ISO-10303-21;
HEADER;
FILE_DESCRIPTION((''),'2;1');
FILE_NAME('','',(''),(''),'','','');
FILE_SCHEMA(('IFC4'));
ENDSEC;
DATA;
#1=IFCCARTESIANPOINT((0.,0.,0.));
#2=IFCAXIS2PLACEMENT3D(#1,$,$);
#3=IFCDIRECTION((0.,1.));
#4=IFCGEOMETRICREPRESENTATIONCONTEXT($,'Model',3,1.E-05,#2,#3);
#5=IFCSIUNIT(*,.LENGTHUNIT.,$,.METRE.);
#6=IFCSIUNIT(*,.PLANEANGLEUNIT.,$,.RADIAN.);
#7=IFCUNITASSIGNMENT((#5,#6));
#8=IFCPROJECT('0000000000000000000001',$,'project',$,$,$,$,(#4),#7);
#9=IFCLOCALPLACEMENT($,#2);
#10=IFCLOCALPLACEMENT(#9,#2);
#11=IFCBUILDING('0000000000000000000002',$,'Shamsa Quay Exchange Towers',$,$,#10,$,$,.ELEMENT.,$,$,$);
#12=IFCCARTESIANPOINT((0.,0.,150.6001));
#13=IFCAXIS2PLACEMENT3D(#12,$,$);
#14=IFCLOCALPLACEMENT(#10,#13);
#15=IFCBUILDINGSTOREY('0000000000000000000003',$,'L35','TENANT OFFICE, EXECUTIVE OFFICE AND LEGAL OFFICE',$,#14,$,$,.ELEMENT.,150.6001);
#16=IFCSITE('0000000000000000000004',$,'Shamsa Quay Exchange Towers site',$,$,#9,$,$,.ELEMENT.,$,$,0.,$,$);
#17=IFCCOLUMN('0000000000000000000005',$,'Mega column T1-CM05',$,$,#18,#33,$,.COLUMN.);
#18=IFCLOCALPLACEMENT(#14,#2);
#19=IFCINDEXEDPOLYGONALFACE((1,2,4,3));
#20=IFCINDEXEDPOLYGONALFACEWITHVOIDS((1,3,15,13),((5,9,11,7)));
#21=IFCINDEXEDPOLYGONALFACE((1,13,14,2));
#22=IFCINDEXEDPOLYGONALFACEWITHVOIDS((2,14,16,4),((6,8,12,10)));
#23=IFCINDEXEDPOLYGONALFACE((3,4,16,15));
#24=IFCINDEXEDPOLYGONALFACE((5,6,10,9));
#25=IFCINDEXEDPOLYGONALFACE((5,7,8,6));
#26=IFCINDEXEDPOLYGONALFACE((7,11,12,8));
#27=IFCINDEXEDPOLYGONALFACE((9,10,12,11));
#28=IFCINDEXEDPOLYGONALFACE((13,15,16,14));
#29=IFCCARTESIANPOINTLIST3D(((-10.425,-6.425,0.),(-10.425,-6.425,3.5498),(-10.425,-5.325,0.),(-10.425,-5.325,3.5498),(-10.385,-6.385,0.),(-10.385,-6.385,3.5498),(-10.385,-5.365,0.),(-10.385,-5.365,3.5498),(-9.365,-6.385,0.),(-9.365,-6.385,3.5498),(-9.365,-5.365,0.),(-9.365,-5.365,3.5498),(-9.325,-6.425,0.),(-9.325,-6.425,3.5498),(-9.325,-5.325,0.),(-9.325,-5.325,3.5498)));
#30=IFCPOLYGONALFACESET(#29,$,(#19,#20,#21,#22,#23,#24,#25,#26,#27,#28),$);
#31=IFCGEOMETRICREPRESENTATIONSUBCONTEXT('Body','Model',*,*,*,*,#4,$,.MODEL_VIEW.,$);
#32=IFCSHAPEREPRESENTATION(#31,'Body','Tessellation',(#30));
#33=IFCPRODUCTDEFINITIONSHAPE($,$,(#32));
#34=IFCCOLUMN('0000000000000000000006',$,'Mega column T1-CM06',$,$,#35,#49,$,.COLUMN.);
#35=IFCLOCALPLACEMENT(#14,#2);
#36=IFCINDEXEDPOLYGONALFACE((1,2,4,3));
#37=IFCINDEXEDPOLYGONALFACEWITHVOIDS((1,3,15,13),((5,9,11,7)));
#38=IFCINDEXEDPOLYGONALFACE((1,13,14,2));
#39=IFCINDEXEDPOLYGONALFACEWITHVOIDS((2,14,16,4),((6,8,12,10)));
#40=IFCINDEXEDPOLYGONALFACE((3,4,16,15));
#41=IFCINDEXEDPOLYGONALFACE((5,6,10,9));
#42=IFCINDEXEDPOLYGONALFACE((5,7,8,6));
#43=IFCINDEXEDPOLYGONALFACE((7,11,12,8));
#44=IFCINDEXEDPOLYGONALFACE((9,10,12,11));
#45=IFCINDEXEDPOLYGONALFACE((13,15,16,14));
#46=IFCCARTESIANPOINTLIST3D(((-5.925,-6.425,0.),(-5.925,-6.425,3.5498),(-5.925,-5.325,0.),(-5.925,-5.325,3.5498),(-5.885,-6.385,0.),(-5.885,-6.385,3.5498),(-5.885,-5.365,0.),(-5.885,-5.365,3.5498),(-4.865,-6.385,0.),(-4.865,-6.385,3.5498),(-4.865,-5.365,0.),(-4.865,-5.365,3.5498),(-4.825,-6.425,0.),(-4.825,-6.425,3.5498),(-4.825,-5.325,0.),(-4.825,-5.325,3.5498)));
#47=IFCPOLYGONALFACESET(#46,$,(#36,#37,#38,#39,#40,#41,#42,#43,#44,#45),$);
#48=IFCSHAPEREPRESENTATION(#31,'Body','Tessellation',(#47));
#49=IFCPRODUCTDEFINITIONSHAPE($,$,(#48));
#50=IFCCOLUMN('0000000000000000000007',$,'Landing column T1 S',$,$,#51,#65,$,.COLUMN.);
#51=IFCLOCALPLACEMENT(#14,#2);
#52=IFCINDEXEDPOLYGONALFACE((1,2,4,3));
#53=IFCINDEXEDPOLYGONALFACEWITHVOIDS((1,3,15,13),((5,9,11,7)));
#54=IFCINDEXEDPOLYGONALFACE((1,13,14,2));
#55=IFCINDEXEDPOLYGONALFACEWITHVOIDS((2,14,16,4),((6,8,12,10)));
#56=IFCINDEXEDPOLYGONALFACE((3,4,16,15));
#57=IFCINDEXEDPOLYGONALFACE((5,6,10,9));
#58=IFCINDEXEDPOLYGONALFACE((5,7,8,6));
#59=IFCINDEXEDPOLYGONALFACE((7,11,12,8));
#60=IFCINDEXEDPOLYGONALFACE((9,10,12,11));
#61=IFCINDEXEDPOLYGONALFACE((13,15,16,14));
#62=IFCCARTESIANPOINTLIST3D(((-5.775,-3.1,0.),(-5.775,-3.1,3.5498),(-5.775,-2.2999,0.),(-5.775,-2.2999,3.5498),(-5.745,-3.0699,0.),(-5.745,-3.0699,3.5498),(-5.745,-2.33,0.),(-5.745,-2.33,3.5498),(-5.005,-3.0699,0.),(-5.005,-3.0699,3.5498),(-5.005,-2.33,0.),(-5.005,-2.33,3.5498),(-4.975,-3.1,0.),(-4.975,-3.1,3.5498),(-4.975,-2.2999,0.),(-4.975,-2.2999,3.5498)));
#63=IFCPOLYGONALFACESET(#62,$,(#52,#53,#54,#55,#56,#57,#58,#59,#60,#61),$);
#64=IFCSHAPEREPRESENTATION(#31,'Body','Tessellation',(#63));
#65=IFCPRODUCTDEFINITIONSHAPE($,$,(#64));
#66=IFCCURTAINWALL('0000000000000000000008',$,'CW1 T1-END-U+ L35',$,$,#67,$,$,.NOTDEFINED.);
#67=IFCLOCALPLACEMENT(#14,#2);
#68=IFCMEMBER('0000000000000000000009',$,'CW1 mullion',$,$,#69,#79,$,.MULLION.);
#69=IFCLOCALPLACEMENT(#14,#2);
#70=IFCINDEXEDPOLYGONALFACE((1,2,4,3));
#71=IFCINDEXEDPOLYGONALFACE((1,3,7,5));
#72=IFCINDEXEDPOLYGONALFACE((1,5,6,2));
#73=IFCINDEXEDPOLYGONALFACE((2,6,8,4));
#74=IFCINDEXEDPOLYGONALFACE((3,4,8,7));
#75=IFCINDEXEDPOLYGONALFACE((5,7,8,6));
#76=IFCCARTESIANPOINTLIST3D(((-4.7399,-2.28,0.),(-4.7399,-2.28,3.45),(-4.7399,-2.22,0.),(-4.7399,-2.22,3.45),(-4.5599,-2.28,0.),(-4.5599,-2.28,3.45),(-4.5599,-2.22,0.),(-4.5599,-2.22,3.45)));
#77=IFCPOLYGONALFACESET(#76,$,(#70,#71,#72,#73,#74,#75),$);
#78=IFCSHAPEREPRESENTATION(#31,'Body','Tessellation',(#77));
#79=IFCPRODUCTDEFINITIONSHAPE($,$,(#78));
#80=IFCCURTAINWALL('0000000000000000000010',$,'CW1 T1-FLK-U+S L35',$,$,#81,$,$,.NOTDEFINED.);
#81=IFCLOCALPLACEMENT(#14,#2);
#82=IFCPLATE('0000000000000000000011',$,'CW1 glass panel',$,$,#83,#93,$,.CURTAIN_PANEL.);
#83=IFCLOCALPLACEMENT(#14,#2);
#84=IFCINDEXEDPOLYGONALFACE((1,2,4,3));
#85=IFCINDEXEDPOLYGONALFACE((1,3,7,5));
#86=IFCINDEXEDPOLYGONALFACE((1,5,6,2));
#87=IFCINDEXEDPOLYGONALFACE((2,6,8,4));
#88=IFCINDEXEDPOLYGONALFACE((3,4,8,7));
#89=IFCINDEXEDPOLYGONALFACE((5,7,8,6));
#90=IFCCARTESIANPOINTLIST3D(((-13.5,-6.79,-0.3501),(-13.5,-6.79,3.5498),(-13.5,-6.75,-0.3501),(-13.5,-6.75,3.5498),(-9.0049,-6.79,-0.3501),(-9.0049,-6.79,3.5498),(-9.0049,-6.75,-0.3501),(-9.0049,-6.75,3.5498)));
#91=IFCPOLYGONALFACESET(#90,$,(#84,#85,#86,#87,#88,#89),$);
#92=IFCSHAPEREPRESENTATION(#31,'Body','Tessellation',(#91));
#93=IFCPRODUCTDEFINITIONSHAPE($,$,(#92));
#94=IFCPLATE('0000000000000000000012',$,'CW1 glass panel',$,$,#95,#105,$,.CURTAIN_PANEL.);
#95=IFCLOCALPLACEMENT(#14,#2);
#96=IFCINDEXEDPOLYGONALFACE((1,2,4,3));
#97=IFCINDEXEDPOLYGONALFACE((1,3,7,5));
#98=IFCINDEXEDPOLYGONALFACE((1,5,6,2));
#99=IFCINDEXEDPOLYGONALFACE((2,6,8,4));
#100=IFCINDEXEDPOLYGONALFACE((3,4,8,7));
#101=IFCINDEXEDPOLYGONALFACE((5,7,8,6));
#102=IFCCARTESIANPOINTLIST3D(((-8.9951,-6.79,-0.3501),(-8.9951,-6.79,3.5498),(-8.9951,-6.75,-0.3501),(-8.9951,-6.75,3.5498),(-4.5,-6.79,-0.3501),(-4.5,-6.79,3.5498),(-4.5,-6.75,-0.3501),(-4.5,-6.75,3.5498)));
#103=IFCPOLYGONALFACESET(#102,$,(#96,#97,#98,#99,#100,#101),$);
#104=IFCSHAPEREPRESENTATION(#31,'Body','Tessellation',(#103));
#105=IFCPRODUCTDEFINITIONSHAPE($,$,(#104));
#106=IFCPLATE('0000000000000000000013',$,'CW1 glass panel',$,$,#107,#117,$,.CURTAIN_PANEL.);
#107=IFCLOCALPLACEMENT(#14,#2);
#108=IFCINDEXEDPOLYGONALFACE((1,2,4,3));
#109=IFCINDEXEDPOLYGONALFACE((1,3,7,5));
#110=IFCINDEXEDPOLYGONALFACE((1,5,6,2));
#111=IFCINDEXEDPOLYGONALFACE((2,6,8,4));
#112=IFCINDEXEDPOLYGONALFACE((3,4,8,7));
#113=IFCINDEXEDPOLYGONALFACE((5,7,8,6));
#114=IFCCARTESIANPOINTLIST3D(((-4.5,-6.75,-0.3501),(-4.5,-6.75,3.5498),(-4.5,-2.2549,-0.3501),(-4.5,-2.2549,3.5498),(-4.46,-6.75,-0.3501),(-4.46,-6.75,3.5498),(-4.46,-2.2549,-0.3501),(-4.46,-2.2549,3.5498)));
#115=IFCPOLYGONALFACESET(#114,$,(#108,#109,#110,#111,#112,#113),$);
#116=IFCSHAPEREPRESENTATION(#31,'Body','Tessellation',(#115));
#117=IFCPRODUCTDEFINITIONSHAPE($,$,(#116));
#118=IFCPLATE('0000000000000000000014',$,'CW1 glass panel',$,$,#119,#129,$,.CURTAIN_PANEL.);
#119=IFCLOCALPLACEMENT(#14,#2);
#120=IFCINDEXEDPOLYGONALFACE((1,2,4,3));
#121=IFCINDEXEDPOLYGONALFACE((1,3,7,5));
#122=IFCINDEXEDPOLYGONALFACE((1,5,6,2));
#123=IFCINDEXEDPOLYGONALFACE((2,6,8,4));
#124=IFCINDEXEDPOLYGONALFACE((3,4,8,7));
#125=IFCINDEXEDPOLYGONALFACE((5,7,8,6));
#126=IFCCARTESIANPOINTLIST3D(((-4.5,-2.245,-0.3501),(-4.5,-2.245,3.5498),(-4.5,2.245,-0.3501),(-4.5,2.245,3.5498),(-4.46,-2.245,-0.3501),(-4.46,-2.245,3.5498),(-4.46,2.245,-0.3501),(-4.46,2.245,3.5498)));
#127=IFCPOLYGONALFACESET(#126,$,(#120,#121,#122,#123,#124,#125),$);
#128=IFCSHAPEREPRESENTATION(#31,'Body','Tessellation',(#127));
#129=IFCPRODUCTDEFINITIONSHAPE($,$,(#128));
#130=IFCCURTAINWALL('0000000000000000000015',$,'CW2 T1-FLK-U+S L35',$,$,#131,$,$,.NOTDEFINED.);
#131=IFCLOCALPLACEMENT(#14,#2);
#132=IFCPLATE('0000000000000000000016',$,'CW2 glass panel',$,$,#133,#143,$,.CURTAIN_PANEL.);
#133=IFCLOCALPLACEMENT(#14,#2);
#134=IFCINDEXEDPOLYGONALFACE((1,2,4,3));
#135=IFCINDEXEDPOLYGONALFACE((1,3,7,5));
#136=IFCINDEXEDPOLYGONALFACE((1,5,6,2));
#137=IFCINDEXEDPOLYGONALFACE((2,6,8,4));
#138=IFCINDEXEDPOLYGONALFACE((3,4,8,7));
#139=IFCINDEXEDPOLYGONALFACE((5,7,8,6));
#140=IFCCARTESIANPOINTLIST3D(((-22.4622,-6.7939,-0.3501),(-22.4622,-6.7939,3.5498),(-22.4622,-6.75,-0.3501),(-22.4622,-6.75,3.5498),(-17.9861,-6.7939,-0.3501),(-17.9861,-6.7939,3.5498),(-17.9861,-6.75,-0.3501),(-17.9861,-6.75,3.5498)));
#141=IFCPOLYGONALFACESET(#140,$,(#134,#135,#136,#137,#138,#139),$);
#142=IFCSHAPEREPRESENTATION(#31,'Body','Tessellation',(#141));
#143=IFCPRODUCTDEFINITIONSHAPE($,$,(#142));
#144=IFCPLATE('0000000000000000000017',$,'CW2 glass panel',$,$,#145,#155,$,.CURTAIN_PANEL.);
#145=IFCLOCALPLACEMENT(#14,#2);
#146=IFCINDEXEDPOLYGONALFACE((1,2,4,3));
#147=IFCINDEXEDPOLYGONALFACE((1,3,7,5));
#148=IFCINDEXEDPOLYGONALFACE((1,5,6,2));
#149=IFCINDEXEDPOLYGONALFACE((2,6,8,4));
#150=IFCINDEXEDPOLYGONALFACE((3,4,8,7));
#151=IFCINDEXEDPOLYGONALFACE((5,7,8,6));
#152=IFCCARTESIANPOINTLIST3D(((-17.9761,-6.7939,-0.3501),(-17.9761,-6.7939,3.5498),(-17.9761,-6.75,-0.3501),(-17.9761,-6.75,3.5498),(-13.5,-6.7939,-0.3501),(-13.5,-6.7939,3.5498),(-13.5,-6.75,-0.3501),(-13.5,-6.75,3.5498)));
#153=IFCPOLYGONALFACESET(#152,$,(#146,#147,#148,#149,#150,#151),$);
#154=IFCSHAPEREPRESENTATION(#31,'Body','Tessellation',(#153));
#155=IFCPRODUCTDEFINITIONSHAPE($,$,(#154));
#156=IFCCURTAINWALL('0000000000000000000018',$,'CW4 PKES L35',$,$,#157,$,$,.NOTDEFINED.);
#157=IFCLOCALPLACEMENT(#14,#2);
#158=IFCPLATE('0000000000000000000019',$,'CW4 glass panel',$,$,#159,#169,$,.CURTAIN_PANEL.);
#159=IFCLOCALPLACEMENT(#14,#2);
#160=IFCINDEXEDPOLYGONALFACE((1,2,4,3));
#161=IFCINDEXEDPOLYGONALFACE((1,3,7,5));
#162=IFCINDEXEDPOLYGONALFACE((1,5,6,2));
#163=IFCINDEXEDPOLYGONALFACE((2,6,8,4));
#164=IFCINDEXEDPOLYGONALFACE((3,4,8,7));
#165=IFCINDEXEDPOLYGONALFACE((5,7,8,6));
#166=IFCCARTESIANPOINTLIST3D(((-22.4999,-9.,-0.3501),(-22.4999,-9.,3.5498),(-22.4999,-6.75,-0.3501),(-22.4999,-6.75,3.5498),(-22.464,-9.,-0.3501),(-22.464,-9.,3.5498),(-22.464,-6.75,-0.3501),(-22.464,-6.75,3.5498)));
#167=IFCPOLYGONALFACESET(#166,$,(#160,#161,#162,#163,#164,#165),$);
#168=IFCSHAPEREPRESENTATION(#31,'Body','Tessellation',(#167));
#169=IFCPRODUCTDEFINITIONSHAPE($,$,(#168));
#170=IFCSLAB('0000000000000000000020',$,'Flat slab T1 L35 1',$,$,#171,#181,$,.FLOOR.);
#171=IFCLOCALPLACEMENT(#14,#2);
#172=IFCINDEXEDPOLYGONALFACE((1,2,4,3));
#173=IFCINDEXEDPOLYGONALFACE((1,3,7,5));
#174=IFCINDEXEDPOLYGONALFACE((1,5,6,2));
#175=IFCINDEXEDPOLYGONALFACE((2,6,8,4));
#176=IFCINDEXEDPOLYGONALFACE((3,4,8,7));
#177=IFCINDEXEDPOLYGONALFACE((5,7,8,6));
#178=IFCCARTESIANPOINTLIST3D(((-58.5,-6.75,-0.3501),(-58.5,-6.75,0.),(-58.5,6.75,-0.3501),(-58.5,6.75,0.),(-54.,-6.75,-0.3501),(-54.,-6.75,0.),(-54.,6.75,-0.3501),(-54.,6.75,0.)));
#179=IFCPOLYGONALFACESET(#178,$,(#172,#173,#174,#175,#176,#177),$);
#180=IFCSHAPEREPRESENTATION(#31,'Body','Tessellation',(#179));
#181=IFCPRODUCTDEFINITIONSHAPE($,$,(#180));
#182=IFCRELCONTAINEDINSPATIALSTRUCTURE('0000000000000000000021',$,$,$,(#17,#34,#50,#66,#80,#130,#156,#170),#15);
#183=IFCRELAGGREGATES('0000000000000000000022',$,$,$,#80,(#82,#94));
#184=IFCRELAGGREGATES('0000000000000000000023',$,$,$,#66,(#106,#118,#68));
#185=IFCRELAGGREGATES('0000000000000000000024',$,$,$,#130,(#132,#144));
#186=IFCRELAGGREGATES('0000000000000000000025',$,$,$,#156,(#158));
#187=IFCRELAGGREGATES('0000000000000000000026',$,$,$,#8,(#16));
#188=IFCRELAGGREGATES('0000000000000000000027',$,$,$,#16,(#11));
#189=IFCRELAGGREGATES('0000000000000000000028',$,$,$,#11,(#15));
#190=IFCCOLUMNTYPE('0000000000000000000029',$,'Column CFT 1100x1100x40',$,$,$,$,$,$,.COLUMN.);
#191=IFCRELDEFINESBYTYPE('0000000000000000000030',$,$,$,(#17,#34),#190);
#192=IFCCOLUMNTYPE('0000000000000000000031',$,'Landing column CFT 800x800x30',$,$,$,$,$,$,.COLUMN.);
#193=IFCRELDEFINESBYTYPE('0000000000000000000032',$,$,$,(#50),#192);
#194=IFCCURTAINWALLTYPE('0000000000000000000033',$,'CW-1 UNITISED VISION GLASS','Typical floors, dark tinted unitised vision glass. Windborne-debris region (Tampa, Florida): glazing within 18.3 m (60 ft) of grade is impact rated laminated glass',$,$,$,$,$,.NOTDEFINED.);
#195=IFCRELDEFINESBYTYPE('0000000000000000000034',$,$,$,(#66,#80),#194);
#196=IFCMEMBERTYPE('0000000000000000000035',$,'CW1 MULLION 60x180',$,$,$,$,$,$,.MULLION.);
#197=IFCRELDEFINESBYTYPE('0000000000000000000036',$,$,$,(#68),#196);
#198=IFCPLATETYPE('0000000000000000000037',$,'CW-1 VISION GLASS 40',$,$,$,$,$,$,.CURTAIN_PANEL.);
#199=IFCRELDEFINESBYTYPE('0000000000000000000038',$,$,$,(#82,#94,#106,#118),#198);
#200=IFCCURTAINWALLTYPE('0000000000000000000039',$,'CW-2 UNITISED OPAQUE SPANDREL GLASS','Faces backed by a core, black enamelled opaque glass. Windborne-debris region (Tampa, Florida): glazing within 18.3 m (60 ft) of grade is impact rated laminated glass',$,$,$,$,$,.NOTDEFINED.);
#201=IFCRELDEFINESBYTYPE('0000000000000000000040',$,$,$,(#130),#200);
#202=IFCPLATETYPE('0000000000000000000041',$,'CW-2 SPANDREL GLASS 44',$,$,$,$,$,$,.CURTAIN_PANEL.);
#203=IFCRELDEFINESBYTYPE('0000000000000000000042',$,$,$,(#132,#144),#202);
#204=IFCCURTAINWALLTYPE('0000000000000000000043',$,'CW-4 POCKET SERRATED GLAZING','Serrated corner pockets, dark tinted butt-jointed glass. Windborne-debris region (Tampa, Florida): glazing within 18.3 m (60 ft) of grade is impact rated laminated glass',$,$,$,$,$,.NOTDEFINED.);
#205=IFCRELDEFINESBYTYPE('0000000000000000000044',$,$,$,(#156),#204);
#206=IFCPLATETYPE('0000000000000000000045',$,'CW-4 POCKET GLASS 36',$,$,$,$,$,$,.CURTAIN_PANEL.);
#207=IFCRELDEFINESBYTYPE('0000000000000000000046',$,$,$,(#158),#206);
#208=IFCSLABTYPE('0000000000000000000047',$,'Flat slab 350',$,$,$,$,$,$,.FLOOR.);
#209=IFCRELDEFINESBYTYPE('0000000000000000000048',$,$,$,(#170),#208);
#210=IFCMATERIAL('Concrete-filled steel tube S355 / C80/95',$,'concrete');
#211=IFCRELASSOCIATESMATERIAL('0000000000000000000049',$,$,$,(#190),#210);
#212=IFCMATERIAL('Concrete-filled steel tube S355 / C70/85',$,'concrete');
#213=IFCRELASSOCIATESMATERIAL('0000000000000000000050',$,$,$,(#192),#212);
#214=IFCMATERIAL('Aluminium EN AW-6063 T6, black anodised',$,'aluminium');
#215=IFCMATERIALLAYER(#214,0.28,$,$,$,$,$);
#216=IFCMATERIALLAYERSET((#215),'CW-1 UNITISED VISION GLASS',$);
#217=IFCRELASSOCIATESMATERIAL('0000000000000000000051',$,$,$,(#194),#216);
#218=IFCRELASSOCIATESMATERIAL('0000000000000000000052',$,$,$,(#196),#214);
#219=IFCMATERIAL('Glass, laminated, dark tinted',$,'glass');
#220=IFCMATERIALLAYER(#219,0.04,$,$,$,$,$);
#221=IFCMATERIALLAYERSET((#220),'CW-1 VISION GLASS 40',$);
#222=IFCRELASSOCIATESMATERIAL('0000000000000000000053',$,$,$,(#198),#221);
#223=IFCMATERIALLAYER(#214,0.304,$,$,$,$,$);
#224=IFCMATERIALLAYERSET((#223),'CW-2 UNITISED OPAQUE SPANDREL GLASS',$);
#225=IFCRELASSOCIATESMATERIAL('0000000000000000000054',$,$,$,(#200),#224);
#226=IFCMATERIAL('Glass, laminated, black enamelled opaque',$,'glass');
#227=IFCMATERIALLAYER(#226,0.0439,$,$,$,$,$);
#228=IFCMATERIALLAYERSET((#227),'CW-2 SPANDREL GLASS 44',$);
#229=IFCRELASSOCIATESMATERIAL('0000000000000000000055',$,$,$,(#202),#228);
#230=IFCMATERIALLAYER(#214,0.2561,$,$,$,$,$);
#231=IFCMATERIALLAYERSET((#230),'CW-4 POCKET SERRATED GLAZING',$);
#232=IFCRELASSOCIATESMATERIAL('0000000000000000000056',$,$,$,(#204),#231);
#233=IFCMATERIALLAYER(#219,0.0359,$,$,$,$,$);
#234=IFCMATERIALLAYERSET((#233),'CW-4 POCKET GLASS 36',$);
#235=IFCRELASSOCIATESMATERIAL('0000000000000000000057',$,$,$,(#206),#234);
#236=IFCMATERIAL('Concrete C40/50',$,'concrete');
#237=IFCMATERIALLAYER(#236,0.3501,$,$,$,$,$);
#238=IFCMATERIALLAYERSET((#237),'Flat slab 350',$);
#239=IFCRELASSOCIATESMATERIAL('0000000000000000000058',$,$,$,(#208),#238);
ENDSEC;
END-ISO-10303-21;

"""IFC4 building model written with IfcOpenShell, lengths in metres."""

from ifc_helpers import new_model, si_unit, direction, frame, origin, origin_2d, place, context, subcontext, project, spatial, polyline, rectangle, hollow_rectangle, outline, extrude, material, layer, layer_set, material_profile, profile_set, type_object, element, aggregate, save


model = new_model("IFC4")

# Units and contexts
model_context = context("Model", 3, precision=1e-05, world=origin(), true_north=direction((0.0, 1.0)))
body_context = subcontext(model_context, "Body", "Model", "MODEL_VIEW")
ifc_project = project(units=[si_unit("LENGTHUNIT", "METRE"), si_unit("PLANEANGLEUNIT", "RADIAN")], contexts=[model_context])

# Site, building, storey
site_placement = place(None, origin())
site = spatial("IfcSite", under=ifc_project, at=site_placement, Name="Shamsa Quay Exchange Towers site", CompositionType="ELEMENT", RefElevation=0.0)
building_placement = place(site_placement, origin())
building = spatial("IfcBuilding", under=site, at=building_placement, Name="Shamsa Quay Exchange Towers", CompositionType="ELEMENT")
storey_placement = place(building_placement, frame((0.0, 0.0, 150.6001)))
storey = spatial("IfcBuildingStorey", under=building, at=storey_placement, Name="L35", Description="TENANT OFFICE, EXECUTIVE OFFICE AND LEGAL OFFICE", CompositionType="ELEMENT", Elevation=150.6001)

# Columns
ifc_material_1 = material(Name="Concrete-filled steel tube S355 / C80/95", Category="concrete")
ifc_material_profile_1 = material_profile(ifc_material_1, hollow_rectangle(XDim=1.1001, YDim=1.1001, WallThickness=0.04, at=origin_2d()), Name="CFT 1100x1100x40")
ifc_profile_set_1 = profile_set([ifc_material_profile_1], Name="Concrete-filled steel tube S355 / C80/95")
column_type_1 = type_object("IfcColumnType", Name="Column CFT 1100x1100x40", PredefinedType="COLUMN", material=ifc_profile_set_1)
for number, where, name in (
    (1, (-9.875, -5.875, 0.0), "Mega column T1-CM05"),
    (2, (-5.375, -5.875, 0.0), "Mega column T1-CM06"),
):
    element("IfcColumn", number, at=place(storey_placement, frame(where)), inside=storey, type_object=column_type_1, Name=name, PredefinedType="COLUMN", context=body_context, shape_type="SweptSolid", body=[
        extrude(hollow_rectangle(XDim=1.1001, YDim=1.1001, WallThickness=0.04, at=origin_2d()), origin(), (0.0, 0.0, 1.0), 3.5498),
    ])
ifc_material_2 = material(Name="Concrete-filled steel tube S355 / C70/85", Category="concrete")
ifc_material_profile_2 = material_profile(ifc_material_2, hollow_rectangle(XDim=0.8, YDim=0.8, WallThickness=0.03, at=origin_2d()), Name="CFT 800x800x30")
ifc_profile_set_2 = profile_set([ifc_material_profile_2], Name="Concrete-filled steel tube S355 / C70/85")
column_type_2 = type_object("IfcColumnType", Name="Landing column CFT 800x800x30", PredefinedType="COLUMN", material=ifc_profile_set_2)
column_placement = place(storey_placement, frame((-5.375, -2.7, 0.0)))
element("IfcColumn", 3, at=column_placement, inside=storey, type_object=column_type_2, Name="Landing column T1 S", PredefinedType="COLUMN", context=body_context, shape_type="SweptSolid", body=[
    extrude(hollow_rectangle(XDim=0.8, YDim=0.8, WallThickness=0.03, at=origin_2d()), origin(), (0.0, 0.0, 1.0), 3.5498),
])

# Curtain wall, member
ifc_material_3 = material(Name="Aluminium EN AW-6063 T6, black anodised", Category="aluminium")
ifc_layer_1 = layer(ifc_material_3, 0.28)
ifc_layer_set_1 = layer_set([ifc_layer_1], Name="CW-1 UNITISED VISION GLASS")
curtain_wall_type_1 = type_object("IfcCurtainWallType", Name="CW-1 UNITISED VISION GLASS", Description="Typical floors, dark tinted unitised vision glass. Windborne-debris region (Tampa, Florida): glazing within 18.3 m (60 ft) of grade is impact rated laminated glass", PredefinedType="NOTDEFINED", material=ifc_layer_set_1)
curtain_wall_1_placement = place(storey_placement, origin())
curtain_wall_1 = element("IfcCurtainWall", 4, at=curtain_wall_1_placement, inside=storey, type_object=curtain_wall_type_1, Name="CW1 T1-END-U+ L35", PredefinedType="NOTDEFINED")
ifc_material_profile_3 = material_profile(ifc_material_3, rectangle(XDim=0.1799, YDim=0.0601, at=origin_2d()), Name="MU60x180")
ifc_profile_set_3 = profile_set([ifc_material_profile_3], Name="Aluminium EN AW-6063 T6, black anodised")
member_type = type_object("IfcMemberType", Name="CW1 MULLION 60x180", PredefinedType="MULLION", material=ifc_profile_set_3)
member_placement = place(storey_placement, frame((-4.6499, -2.25, 0.0), z_axis=(0.0, 0.0, 1.0), x_axis=(-1.0, 0.0, 0.0)))
member = element("IfcMember", 5, at=member_placement, type_object=member_type, Name="CW1 mullion", PredefinedType="MULLION", context=body_context, shape_type="SweptSolid", body=[
    extrude(rectangle(XDim=0.1799, YDim=0.0601, at=origin_2d()), origin(), (0.0, 0.0, 1.0), 3.45),
])

# Curtain wall, plates
curtain_wall_2_placement = place(storey_placement, origin())
curtain_wall_2 = element("IfcCurtainWall", 6, at=curtain_wall_2_placement, inside=storey, type_object=curtain_wall_type_1, Name="CW1 T1-FLK-U+S L35", PredefinedType="NOTDEFINED")
ifc_material_4 = material(Name="Glass, laminated, dark tinted", Category="glass")
ifc_layer_2 = layer(ifc_material_4, 0.04)
ifc_layer_set_2 = layer_set([ifc_layer_2], Name="CW-1 VISION GLASS 40")
plate_type_1 = type_object("IfcPlateType", Name="CW-1 VISION GLASS 40", PredefinedType="CURTAIN_PANEL", material=ifc_layer_set_2)
plate_1_placement = place(storey_placement, frame((-11.2524, -6.77, -0.3501)))
plate_1 = element("IfcPlate", 7, at=plate_1_placement, type_object=plate_type_1, Name="CW1 glass panel", PredefinedType="CURTAIN_PANEL", context=body_context, shape_type="SweptSolid", body=[
    extrude(rectangle(XDim=4.4951, YDim=0.04, at=origin_2d()), origin(), (0.0, 0.0, 1.0), 3.8999),
])
plate_2_placement = place(storey_placement, frame((-6.7476, -6.77, -0.3501)))
plate_2 = element("IfcPlate", 8, at=plate_2_placement, type_object=plate_type_1, Name="CW1 glass panel", PredefinedType="CURTAIN_PANEL", context=body_context, shape_type="SweptSolid", body=[
    extrude(rectangle(XDim=4.4951, YDim=0.04, at=origin_2d()), origin(), (0.0, 0.0, 1.0), 3.8999),
])
aggregate(curtain_wall_2, [plate_1, plate_2])

# Plates
plate_3_placement = place(storey_placement, frame((-4.48, -4.5024, -0.3501), z_axis=(0.0, 0.0, 1.0), x_axis=(0.0, 1.0, 0.0)))
plate_3 = element("IfcPlate", 9, at=plate_3_placement, type_object=plate_type_1, Name="CW1 glass panel", PredefinedType="CURTAIN_PANEL", context=body_context, shape_type="SweptSolid", body=[
    extrude(rectangle(XDim=4.4951, YDim=0.04, at=origin_2d()), origin(), (0.0, 0.0, 1.0), 3.8999),
])
plate_4_placement = place(storey_placement, frame((-4.48, 0.0, -0.3501), z_axis=(0.0, 0.0, 1.0), x_axis=(0.0, 1.0, 0.0)))
plate_4 = element("IfcPlate", 10, at=plate_4_placement, type_object=plate_type_1, Name="CW1 glass panel", PredefinedType="CURTAIN_PANEL", context=body_context, shape_type="SweptSolid", body=[
    extrude(rectangle(XDim=4.49, YDim=0.04, at=origin_2d()), origin(), (0.0, 0.0, 1.0), 3.8999),
])
aggregate(curtain_wall_1, [plate_3, plate_4, member])

# Curtain wall, plates
ifc_layer_3 = layer(ifc_material_3, 0.304)
ifc_layer_set_3 = layer_set([ifc_layer_3], Name="CW-2 UNITISED OPAQUE SPANDREL GLASS")
curtain_wall_type_2 = type_object("IfcCurtainWallType", Name="CW-2 UNITISED OPAQUE SPANDREL GLASS", Description="Faces backed by a core, black enamelled opaque glass. Windborne-debris region (Tampa, Florida): glazing within 18.3 m (60 ft) of grade is impact rated laminated glass", PredefinedType="NOTDEFINED", material=ifc_layer_set_3)
curtain_wall_3_placement = place(storey_placement, origin())
curtain_wall_3 = element("IfcCurtainWall", 11, at=curtain_wall_3_placement, inside=storey, type_object=curtain_wall_type_2, Name="CW2 T1-FLK-U+S L35", PredefinedType="NOTDEFINED")
ifc_material_5 = material(Name="Glass, laminated, black enamelled opaque", Category="glass")
ifc_layer_4 = layer(ifc_material_5, 0.0439)
ifc_layer_set_4 = layer_set([ifc_layer_4], Name="CW-2 SPANDREL GLASS 44")
plate_type_2 = type_object("IfcPlateType", Name="CW-2 SPANDREL GLASS 44", PredefinedType="CURTAIN_PANEL", material=ifc_layer_set_4)
plate_5_placement = place(storey_placement, frame((-20.2241, -6.772, -0.3501)))
plate_5 = element("IfcPlate", 12, at=plate_5_placement, type_object=plate_type_2, Name="CW2 glass panel", PredefinedType="CURTAIN_PANEL", context=body_context, shape_type="SweptSolid", body=[
    extrude(rectangle(XDim=4.4761, YDim=0.0439, at=origin_2d()), origin(), (0.0, 0.0, 1.0), 3.8999),
])
plate_6_placement = place(storey_placement, frame((-15.738, -6.772, -0.3501)))
plate_6 = element("IfcPlate", 13, at=plate_6_placement, type_object=plate_type_2, Name="CW2 glass panel", PredefinedType="CURTAIN_PANEL", context=body_context, shape_type="SweptSolid", body=[
    extrude(rectangle(XDim=4.4761, YDim=0.0439, at=origin_2d()), origin(), (0.0, 0.0, 1.0), 3.8999),
])
aggregate(curtain_wall_3, [plate_5, plate_6])

# Curtain wall, plate
ifc_layer_5 = layer(ifc_material_3, 0.2561)
ifc_layer_set_5 = layer_set([ifc_layer_5], Name="CW-4 POCKET SERRATED GLAZING")
curtain_wall_type_3 = type_object("IfcCurtainWallType", Name="CW-4 POCKET SERRATED GLAZING", Description="Serrated corner pockets, dark tinted butt-jointed glass. Windborne-debris region (Tampa, Florida): glazing within 18.3 m (60 ft) of grade is impact rated laminated glass", PredefinedType="NOTDEFINED", material=ifc_layer_set_5)
curtain_wall_4_placement = place(storey_placement, origin())
curtain_wall_4 = element("IfcCurtainWall", 14, at=curtain_wall_4_placement, inside=storey, type_object=curtain_wall_type_3, Name="CW4 PKES L35", PredefinedType="NOTDEFINED")
ifc_layer_6 = layer(ifc_material_4, 0.0359)
ifc_layer_set_6 = layer_set([ifc_layer_6], Name="CW-4 POCKET GLASS 36")
plate_type_3 = type_object("IfcPlateType", Name="CW-4 POCKET GLASS 36", PredefinedType="CURTAIN_PANEL", material=ifc_layer_set_6)
plate_7_placement = place(storey_placement, frame((-22.4819, -7.875, -0.3501), z_axis=(0.0, 0.0, 1.0), x_axis=(0.0, 1.0, 0.0)))
plate_7 = element("IfcPlate", 15, at=plate_7_placement, type_object=plate_type_3, Name="CW4 glass panel", PredefinedType="CURTAIN_PANEL", context=body_context, shape_type="SweptSolid", body=[
    extrude(rectangle(XDim=2.25, YDim=0.0359, at=origin_2d()), origin(), (0.0, 0.0, 1.0), 3.8999),
])
aggregate(curtain_wall_4, [plate_7])

# Slab
ifc_material_6 = material(Name="Concrete C40/50", Category="concrete")
ifc_layer_7 = layer(ifc_material_6, 0.3501)
ifc_layer_set_7 = layer_set([ifc_layer_7], Name="Flat slab 350")
slab_type = type_object("IfcSlabType", Name="Flat slab 350", PredefinedType="FLOOR", material=ifc_layer_set_7)
slab_placement = place(storey_placement, frame((0.0, 0.0, -0.3501)))
element("IfcSlab", 16, at=slab_placement, inside=storey, type_object=slab_type, Name="Flat slab T1 L35 1", PredefinedType="FLOOR", context=body_context, shape_type="SweptSolid", body=[
    extrude(outline(polyline([(-58.5, -6.75), (-54.0, -6.75), (-54.0, 6.75), (-58.5, 6.75), (-58.5, -6.75)])), origin(), (0.0, 0.0, 1.0), 0.3501),
])

save(model, "model.ifc")
